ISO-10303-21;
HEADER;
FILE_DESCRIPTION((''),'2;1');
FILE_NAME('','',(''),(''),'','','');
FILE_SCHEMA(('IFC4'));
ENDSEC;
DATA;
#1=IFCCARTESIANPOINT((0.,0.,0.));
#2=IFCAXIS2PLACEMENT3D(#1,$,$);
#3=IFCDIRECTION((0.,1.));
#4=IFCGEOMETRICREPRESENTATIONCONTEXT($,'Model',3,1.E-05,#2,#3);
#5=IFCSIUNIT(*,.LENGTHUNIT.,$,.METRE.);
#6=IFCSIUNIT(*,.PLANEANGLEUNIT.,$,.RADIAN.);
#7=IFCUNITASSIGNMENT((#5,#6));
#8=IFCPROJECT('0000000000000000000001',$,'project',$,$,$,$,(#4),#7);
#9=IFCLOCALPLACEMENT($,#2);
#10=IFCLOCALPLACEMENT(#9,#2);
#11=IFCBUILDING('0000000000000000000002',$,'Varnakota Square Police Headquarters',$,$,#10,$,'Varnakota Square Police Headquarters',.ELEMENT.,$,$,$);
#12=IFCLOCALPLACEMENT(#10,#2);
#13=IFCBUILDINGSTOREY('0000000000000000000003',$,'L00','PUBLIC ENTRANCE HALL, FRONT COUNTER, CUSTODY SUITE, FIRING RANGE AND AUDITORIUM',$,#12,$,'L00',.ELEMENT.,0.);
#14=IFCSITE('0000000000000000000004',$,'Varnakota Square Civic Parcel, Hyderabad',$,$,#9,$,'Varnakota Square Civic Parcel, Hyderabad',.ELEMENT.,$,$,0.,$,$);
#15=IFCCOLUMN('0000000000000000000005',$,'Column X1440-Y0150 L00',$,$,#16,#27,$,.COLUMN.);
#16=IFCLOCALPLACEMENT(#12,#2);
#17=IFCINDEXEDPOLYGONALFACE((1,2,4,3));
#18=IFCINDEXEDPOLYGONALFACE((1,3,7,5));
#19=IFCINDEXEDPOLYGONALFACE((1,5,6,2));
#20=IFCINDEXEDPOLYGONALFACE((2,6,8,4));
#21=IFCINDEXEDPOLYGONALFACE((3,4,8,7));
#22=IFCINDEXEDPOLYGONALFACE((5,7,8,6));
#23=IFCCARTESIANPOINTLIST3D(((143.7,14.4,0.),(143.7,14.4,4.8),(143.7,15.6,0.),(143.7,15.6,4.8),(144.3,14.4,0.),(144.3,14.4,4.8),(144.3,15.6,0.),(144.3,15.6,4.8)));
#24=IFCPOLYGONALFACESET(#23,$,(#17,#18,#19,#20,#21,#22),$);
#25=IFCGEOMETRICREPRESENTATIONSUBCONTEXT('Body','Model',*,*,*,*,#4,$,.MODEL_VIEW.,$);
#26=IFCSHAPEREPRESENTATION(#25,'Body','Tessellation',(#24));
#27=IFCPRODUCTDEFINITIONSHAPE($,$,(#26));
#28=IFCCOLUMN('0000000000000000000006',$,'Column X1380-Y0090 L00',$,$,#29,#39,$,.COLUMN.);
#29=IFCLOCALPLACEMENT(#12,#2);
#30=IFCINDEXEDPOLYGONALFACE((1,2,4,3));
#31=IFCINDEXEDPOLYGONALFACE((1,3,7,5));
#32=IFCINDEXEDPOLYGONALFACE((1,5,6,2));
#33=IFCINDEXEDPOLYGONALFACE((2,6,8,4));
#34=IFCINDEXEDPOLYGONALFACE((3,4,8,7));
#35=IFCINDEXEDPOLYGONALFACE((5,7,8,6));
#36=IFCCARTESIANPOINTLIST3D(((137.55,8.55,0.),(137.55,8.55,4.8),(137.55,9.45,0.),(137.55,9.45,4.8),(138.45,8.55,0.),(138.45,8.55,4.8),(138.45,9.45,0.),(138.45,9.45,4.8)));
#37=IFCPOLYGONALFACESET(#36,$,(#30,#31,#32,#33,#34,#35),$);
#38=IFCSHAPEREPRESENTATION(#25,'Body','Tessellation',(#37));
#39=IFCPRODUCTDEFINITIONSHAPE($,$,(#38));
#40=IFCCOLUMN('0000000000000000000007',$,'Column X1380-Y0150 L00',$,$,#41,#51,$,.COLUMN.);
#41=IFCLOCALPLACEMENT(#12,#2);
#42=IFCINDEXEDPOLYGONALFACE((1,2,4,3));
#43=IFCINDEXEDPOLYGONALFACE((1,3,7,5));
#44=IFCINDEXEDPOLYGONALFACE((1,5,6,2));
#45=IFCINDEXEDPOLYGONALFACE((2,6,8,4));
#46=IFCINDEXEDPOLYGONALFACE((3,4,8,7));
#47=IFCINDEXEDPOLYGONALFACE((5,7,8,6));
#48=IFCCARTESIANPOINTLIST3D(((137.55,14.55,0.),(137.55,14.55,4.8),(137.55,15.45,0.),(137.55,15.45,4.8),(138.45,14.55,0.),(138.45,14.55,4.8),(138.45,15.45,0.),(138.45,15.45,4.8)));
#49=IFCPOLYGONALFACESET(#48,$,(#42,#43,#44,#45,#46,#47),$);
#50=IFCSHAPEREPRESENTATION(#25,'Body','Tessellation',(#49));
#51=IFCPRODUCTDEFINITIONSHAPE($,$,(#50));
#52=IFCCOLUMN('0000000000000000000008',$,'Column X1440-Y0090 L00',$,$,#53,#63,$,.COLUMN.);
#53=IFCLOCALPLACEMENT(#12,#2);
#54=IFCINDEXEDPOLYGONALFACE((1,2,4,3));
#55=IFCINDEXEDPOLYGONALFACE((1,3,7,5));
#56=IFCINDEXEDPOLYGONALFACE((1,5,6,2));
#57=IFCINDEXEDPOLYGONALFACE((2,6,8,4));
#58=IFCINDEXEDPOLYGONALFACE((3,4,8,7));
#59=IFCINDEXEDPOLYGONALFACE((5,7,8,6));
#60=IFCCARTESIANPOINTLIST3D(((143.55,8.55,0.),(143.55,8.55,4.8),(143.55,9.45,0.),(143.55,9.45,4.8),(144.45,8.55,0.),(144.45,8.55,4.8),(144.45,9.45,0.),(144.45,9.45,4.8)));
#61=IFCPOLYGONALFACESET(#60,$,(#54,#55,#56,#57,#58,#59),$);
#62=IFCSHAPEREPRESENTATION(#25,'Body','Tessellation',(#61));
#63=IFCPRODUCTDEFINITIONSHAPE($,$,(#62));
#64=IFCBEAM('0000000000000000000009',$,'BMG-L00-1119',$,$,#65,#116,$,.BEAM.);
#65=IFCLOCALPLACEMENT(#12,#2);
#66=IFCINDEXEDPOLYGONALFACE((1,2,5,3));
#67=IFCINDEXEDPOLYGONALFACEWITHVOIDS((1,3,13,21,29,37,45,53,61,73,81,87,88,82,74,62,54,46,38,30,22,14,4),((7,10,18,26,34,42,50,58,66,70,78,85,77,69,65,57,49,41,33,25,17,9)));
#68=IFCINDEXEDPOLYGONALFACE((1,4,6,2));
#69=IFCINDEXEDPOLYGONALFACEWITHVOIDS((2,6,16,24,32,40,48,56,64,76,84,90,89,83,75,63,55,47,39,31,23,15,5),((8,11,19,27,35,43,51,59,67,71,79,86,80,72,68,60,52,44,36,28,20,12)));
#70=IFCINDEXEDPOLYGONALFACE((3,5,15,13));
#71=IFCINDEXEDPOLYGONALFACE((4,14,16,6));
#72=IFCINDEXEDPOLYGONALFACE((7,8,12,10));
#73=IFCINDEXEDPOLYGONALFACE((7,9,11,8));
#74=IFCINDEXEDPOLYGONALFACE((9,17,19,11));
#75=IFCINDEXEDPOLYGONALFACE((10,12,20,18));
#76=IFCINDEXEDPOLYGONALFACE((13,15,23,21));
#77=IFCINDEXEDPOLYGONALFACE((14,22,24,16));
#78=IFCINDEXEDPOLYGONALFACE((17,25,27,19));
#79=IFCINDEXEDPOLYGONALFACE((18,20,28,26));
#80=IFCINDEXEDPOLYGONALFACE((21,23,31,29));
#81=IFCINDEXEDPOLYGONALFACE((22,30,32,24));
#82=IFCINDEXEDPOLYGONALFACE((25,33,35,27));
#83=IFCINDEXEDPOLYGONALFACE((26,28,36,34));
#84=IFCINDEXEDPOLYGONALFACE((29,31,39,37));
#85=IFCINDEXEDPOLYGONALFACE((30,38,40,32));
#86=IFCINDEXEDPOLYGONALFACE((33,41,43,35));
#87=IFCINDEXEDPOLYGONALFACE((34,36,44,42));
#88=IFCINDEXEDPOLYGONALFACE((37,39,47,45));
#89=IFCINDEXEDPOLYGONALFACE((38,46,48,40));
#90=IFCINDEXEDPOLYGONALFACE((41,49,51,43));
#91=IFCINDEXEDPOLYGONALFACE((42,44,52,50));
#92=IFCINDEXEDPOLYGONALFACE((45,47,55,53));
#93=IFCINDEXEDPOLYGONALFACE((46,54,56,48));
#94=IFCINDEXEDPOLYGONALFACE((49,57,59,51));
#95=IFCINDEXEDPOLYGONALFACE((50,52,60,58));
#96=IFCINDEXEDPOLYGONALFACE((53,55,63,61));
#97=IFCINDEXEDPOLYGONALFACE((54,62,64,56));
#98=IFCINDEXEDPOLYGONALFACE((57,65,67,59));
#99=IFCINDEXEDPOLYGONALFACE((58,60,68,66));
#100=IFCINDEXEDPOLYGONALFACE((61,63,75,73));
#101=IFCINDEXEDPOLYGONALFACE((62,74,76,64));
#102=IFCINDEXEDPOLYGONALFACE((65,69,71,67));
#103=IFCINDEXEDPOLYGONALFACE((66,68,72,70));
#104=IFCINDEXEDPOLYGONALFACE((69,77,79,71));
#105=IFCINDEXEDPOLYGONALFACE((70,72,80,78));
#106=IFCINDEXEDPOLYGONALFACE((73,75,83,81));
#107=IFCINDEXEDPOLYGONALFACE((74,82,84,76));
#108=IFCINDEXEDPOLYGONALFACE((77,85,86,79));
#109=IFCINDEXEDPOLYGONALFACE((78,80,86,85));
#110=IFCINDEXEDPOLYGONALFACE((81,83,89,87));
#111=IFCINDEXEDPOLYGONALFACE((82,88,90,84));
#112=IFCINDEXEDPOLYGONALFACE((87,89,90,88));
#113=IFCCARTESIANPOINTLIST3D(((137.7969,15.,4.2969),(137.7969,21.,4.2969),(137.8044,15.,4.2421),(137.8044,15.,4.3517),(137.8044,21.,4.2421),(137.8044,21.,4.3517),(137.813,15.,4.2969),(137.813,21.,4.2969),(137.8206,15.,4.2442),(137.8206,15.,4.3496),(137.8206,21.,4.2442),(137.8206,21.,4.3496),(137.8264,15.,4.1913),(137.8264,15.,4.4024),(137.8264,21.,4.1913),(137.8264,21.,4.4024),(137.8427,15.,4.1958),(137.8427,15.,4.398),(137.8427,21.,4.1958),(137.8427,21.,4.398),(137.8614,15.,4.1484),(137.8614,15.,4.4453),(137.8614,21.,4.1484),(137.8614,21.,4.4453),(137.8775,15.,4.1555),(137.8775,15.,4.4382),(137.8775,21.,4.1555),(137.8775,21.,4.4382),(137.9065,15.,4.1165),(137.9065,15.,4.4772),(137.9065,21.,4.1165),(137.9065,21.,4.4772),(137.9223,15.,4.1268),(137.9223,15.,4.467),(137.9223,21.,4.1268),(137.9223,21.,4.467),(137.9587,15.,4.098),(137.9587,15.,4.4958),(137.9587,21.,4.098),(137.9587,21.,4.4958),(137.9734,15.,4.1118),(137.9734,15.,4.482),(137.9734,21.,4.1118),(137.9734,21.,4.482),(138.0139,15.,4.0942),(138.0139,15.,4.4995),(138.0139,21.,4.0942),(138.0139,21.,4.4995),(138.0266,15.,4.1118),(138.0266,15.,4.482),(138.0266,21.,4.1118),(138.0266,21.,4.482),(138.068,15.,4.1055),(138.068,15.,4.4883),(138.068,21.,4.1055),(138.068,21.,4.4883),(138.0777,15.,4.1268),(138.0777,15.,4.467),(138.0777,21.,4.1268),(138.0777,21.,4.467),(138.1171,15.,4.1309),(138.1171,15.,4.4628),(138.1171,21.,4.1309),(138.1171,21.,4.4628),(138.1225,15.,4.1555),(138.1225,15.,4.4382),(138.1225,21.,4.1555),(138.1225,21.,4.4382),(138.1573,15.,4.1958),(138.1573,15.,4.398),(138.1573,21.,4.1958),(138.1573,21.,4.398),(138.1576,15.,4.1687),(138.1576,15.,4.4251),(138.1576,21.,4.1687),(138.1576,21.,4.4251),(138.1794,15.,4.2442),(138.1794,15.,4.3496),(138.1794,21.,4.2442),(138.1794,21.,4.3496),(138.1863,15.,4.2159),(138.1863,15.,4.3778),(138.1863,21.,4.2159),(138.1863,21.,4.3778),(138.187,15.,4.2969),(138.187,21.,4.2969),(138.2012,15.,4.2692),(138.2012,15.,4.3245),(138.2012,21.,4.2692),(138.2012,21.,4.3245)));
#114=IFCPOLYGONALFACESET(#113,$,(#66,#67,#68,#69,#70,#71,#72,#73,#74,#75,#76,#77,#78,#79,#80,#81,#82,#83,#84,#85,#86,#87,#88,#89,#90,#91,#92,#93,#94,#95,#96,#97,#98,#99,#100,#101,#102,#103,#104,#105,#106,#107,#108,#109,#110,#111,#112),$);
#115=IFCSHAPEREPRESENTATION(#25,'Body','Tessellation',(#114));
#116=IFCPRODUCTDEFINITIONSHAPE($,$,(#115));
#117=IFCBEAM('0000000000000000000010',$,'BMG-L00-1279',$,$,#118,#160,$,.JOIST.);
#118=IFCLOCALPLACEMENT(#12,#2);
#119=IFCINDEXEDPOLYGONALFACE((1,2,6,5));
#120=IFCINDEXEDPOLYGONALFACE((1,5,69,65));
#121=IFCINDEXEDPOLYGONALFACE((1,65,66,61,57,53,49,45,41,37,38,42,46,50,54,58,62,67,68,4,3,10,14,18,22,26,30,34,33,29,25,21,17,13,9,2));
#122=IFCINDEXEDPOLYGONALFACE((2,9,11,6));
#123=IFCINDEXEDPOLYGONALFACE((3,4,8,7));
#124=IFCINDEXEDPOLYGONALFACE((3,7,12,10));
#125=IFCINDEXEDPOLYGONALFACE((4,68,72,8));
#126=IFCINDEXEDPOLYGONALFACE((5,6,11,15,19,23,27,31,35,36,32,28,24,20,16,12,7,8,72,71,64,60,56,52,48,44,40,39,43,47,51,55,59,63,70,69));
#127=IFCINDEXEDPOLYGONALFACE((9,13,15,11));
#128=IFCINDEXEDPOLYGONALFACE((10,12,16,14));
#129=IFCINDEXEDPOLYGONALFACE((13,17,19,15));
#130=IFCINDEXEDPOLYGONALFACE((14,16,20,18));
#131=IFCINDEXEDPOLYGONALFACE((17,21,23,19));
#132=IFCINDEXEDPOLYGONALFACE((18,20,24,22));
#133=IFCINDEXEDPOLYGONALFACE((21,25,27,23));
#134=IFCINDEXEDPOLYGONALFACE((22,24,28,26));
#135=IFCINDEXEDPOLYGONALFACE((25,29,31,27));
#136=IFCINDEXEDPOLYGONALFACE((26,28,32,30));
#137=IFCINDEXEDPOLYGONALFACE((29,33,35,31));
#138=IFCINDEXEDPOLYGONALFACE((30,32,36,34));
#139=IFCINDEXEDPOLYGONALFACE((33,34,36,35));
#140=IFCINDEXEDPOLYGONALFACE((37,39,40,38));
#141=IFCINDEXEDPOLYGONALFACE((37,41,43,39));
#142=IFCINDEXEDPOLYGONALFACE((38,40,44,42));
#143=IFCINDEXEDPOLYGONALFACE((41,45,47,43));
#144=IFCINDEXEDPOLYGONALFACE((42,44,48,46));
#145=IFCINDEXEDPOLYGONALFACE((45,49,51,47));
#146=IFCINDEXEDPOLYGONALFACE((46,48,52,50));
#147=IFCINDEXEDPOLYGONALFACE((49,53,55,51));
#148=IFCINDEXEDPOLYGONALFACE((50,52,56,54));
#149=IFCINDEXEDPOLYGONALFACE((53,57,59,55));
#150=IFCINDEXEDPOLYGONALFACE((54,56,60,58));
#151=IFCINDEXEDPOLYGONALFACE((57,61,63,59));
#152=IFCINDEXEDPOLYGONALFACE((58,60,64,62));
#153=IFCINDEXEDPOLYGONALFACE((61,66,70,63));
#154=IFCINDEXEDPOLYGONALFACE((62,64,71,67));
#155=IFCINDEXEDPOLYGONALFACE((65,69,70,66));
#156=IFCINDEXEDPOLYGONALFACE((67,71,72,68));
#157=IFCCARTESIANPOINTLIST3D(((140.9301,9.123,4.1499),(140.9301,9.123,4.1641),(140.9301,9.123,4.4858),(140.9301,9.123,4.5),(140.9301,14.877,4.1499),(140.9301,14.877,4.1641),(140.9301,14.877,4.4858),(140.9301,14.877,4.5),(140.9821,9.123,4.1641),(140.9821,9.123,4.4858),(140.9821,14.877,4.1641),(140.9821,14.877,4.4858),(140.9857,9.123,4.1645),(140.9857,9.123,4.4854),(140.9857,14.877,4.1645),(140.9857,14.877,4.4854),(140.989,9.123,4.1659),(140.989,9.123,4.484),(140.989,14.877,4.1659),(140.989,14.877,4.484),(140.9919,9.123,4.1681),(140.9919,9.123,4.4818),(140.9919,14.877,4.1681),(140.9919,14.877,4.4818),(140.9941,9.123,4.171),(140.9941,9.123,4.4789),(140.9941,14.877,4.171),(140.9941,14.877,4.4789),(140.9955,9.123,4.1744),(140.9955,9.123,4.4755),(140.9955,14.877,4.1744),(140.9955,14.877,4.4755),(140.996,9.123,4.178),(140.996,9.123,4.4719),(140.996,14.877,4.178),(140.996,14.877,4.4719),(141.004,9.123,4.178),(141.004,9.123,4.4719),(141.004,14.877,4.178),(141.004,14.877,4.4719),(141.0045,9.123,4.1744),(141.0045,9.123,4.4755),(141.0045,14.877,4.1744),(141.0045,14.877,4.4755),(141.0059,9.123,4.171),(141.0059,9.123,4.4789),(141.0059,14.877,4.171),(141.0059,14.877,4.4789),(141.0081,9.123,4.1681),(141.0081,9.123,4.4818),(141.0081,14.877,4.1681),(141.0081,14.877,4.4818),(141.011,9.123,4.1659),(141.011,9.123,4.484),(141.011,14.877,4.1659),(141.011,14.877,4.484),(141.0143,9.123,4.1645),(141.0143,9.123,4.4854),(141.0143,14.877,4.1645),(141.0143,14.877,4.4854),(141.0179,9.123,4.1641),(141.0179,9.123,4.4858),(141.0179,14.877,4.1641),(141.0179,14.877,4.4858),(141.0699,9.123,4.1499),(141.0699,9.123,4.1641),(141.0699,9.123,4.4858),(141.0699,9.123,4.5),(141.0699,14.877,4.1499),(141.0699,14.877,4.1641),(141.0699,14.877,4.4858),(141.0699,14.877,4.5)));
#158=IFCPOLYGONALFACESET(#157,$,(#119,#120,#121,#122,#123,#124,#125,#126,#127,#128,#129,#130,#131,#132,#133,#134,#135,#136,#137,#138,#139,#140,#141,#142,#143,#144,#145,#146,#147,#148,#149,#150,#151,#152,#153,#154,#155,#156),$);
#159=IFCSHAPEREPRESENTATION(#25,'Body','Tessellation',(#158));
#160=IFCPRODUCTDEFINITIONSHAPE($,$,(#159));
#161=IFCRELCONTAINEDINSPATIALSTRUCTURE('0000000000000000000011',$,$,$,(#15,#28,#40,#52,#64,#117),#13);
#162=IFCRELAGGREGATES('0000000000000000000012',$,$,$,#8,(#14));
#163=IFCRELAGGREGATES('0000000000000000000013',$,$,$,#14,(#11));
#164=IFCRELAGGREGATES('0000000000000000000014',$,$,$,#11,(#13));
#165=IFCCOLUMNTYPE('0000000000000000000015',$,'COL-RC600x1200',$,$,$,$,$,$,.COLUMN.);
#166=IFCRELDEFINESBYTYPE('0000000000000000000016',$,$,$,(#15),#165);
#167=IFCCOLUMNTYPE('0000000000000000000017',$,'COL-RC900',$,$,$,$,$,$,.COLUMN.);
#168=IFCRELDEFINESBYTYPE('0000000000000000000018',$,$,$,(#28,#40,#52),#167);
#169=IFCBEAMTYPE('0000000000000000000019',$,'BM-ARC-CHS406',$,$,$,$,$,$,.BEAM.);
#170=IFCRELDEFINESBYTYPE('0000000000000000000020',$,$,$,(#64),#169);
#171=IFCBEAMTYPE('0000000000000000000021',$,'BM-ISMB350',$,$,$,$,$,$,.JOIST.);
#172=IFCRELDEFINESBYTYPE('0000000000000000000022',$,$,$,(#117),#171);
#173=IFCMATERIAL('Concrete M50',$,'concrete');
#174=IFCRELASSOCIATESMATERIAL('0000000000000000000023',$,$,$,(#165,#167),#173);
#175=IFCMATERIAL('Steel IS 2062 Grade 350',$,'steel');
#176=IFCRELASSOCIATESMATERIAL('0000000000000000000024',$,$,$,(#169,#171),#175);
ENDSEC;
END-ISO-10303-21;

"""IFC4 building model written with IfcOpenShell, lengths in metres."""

from ifc_helpers import new_model, si_unit, direction, frame, origin, origin_2d, place, context, subcontext, project, spatial, rectangle, hollow_circle, i_section, extrude, material, material_profile, profile_set, type_object, element, save


model = new_model("IFC4")

# Units and contexts
model_context = context("Model", 3, precision=1e-05, world=origin(), true_north=direction((0.0, 1.0)))
body_context = subcontext(model_context, "Body", "Model", "MODEL_VIEW")
ifc_project = project(units=[si_unit("LENGTHUNIT", "METRE"), si_unit("PLANEANGLEUNIT", "RADIAN")], contexts=[model_context])

# Site, building, storey
site_placement = place(None, origin())
site = spatial("IfcSite", under=ifc_project, at=site_placement, Name="Varnakota Square Civic Parcel, Hyderabad", LongName="Varnakota Square Civic Parcel, Hyderabad", CompositionType="ELEMENT", RefElevation=0.0)
building_placement = place(site_placement, origin())
building = spatial("IfcBuilding", under=site, at=building_placement, Name="Varnakota Square Police Headquarters", LongName="Varnakota Square Police Headquarters", CompositionType="ELEMENT")
storey_placement = place(building_placement, origin())
storey = spatial("IfcBuildingStorey", under=building, at=storey_placement, Name="L00", Description="PUBLIC ENTRANCE HALL, FRONT COUNTER, CUSTODY SUITE, FIRING RANGE AND AUDITORIUM", LongName="L00", CompositionType="ELEMENT", Elevation=0.0)

# Columns
ifc_material_1 = material(Name="Concrete M50", Category="concrete")
ifc_material_profile_1 = material_profile(ifc_material_1, rectangle(XDim=0.6001, YDim=1.2, at=origin_2d()), Name="RC 600x1200")
ifc_profile_set_1 = profile_set([ifc_material_profile_1], Name="Concrete M50")
column_type_1 = type_object("IfcColumnType", Name="COL-RC600x1200", PredefinedType="COLUMN", material=ifc_profile_set_1)
column_placement = place(storey_placement, frame((144.0, 15.0, 0.0), z_axis=(0.0, 0.0, 1.0), x_axis=(1.0, 0.0, 0.0)))
element("IfcColumn", 1, at=column_placement, inside=storey, type_object=column_type_1, Name="Column X1440-Y0150 L00", PredefinedType="COLUMN", context=body_context, shape_type="SweptSolid", body=[
    extrude(rectangle(XDim=0.6001, YDim=1.2, at=origin_2d()), origin(), (0.0, 0.0, 1.0), 4.8),
])
ifc_material_profile_2 = material_profile(ifc_material_1, rectangle(XDim=0.8999, YDim=0.8999, at=origin_2d()), Name="RC 900x900")
ifc_profile_set_2 = profile_set([ifc_material_profile_2], Name="Concrete M50")
column_type_2 = type_object("IfcColumnType", Name="COL-RC900", PredefinedType="COLUMN", material=ifc_profile_set_2)
for number, where, z_axis, x_axis, name in (
    (2, (138.0, 9.0, 0.0), (0.0, 0.0, 1.0), (1.0, 0.0, 0.0), "Column X1380-Y0090 L00"),
    (3, (138.0, 15.0, 0.0), (0.0, 0.0, 1.0), (1.0, 0.0, 0.0), "Column X1380-Y0150 L00"),
    (4, (144.0, 9.0, 0.0), (0.0, 0.0, 1.0), (1.0, 0.0, 0.0), "Column X1440-Y0090 L00"),
):
    element("IfcColumn", number, at=place(storey_placement, frame(where, z_axis=z_axis, x_axis=x_axis)), inside=storey, type_object=column_type_2, Name=name, PredefinedType="COLUMN", context=body_context, shape_type="SweptSolid", body=[
        extrude(rectangle(XDim=0.8999, YDim=0.8999, at=origin_2d()), origin(), (0.0, 0.0, 1.0), 4.8),
    ])

# Beams
ifc_material_2 = material(Name="Steel IS 2062 Grade 350", Category="steel")
ifc_material_profile_3 = material_profile(ifc_material_2, hollow_circle(Radius=0.2031, WallThickness=0.0161, at=origin_2d()), Name="CHS 406.4x16.0")
ifc_profile_set_3 = profile_set([ifc_material_profile_3], Name="Steel IS 2062 Grade 350")
beam_type_1 = type_object("IfcBeamType", Name="BM-ARC-CHS406", PredefinedType="BEAM", material=ifc_profile_set_3)
beam_1_placement = place(storey_placement, frame((138.0, 15.0, 4.2969), z_axis=(0.0, 1.0, 0.0), x_axis=(-1.0, 0.0, 0.0)))
element("IfcBeam", 5, at=beam_1_placement, inside=storey, type_object=beam_type_1, Name="BMG-L00-1119", PredefinedType="BEAM", context=body_context, shape_type="SweptSolid", body=[
    extrude(hollow_circle(Radius=0.2031, WallThickness=0.0161, at=origin_2d()), origin(), (0.0, 0.0, 1.0), 6.0),
])
ifc_material_profile_4 = material_profile(ifc_material_2, i_section(OverallWidth=0.1399, OverallDepth=0.3501, WebThickness=0.0081, FlangeThickness=0.0142, FilletRadius=0.0139, at=origin_2d()), Name="ISMB 350")
ifc_profile_set_4 = profile_set([ifc_material_profile_4], Name="Steel IS 2062 Grade 350")
beam_type_2 = type_object("IfcBeamType", Name="BM-ISMB350", PredefinedType="JOIST", material=ifc_profile_set_4)
beam_2_placement = place(storey_placement, frame((141.0, 9.123, 4.325), z_axis=(0.0, 1.0, 0.0), x_axis=(-1.0, 0.0, 0.0)))
element("IfcBeam", 6, at=beam_2_placement, inside=storey, type_object=beam_type_2, Name="BMG-L00-1279", PredefinedType="JOIST", context=body_context, shape_type="SweptSolid", body=[
    extrude(i_section(OverallWidth=0.1399, OverallDepth=0.3501, WebThickness=0.0081, FlangeThickness=0.0142, FilletRadius=0.0139, at=origin_2d()), origin(), (0.0, 0.0, 1.0), 5.7539),
])

save(model, "model.ifc")
